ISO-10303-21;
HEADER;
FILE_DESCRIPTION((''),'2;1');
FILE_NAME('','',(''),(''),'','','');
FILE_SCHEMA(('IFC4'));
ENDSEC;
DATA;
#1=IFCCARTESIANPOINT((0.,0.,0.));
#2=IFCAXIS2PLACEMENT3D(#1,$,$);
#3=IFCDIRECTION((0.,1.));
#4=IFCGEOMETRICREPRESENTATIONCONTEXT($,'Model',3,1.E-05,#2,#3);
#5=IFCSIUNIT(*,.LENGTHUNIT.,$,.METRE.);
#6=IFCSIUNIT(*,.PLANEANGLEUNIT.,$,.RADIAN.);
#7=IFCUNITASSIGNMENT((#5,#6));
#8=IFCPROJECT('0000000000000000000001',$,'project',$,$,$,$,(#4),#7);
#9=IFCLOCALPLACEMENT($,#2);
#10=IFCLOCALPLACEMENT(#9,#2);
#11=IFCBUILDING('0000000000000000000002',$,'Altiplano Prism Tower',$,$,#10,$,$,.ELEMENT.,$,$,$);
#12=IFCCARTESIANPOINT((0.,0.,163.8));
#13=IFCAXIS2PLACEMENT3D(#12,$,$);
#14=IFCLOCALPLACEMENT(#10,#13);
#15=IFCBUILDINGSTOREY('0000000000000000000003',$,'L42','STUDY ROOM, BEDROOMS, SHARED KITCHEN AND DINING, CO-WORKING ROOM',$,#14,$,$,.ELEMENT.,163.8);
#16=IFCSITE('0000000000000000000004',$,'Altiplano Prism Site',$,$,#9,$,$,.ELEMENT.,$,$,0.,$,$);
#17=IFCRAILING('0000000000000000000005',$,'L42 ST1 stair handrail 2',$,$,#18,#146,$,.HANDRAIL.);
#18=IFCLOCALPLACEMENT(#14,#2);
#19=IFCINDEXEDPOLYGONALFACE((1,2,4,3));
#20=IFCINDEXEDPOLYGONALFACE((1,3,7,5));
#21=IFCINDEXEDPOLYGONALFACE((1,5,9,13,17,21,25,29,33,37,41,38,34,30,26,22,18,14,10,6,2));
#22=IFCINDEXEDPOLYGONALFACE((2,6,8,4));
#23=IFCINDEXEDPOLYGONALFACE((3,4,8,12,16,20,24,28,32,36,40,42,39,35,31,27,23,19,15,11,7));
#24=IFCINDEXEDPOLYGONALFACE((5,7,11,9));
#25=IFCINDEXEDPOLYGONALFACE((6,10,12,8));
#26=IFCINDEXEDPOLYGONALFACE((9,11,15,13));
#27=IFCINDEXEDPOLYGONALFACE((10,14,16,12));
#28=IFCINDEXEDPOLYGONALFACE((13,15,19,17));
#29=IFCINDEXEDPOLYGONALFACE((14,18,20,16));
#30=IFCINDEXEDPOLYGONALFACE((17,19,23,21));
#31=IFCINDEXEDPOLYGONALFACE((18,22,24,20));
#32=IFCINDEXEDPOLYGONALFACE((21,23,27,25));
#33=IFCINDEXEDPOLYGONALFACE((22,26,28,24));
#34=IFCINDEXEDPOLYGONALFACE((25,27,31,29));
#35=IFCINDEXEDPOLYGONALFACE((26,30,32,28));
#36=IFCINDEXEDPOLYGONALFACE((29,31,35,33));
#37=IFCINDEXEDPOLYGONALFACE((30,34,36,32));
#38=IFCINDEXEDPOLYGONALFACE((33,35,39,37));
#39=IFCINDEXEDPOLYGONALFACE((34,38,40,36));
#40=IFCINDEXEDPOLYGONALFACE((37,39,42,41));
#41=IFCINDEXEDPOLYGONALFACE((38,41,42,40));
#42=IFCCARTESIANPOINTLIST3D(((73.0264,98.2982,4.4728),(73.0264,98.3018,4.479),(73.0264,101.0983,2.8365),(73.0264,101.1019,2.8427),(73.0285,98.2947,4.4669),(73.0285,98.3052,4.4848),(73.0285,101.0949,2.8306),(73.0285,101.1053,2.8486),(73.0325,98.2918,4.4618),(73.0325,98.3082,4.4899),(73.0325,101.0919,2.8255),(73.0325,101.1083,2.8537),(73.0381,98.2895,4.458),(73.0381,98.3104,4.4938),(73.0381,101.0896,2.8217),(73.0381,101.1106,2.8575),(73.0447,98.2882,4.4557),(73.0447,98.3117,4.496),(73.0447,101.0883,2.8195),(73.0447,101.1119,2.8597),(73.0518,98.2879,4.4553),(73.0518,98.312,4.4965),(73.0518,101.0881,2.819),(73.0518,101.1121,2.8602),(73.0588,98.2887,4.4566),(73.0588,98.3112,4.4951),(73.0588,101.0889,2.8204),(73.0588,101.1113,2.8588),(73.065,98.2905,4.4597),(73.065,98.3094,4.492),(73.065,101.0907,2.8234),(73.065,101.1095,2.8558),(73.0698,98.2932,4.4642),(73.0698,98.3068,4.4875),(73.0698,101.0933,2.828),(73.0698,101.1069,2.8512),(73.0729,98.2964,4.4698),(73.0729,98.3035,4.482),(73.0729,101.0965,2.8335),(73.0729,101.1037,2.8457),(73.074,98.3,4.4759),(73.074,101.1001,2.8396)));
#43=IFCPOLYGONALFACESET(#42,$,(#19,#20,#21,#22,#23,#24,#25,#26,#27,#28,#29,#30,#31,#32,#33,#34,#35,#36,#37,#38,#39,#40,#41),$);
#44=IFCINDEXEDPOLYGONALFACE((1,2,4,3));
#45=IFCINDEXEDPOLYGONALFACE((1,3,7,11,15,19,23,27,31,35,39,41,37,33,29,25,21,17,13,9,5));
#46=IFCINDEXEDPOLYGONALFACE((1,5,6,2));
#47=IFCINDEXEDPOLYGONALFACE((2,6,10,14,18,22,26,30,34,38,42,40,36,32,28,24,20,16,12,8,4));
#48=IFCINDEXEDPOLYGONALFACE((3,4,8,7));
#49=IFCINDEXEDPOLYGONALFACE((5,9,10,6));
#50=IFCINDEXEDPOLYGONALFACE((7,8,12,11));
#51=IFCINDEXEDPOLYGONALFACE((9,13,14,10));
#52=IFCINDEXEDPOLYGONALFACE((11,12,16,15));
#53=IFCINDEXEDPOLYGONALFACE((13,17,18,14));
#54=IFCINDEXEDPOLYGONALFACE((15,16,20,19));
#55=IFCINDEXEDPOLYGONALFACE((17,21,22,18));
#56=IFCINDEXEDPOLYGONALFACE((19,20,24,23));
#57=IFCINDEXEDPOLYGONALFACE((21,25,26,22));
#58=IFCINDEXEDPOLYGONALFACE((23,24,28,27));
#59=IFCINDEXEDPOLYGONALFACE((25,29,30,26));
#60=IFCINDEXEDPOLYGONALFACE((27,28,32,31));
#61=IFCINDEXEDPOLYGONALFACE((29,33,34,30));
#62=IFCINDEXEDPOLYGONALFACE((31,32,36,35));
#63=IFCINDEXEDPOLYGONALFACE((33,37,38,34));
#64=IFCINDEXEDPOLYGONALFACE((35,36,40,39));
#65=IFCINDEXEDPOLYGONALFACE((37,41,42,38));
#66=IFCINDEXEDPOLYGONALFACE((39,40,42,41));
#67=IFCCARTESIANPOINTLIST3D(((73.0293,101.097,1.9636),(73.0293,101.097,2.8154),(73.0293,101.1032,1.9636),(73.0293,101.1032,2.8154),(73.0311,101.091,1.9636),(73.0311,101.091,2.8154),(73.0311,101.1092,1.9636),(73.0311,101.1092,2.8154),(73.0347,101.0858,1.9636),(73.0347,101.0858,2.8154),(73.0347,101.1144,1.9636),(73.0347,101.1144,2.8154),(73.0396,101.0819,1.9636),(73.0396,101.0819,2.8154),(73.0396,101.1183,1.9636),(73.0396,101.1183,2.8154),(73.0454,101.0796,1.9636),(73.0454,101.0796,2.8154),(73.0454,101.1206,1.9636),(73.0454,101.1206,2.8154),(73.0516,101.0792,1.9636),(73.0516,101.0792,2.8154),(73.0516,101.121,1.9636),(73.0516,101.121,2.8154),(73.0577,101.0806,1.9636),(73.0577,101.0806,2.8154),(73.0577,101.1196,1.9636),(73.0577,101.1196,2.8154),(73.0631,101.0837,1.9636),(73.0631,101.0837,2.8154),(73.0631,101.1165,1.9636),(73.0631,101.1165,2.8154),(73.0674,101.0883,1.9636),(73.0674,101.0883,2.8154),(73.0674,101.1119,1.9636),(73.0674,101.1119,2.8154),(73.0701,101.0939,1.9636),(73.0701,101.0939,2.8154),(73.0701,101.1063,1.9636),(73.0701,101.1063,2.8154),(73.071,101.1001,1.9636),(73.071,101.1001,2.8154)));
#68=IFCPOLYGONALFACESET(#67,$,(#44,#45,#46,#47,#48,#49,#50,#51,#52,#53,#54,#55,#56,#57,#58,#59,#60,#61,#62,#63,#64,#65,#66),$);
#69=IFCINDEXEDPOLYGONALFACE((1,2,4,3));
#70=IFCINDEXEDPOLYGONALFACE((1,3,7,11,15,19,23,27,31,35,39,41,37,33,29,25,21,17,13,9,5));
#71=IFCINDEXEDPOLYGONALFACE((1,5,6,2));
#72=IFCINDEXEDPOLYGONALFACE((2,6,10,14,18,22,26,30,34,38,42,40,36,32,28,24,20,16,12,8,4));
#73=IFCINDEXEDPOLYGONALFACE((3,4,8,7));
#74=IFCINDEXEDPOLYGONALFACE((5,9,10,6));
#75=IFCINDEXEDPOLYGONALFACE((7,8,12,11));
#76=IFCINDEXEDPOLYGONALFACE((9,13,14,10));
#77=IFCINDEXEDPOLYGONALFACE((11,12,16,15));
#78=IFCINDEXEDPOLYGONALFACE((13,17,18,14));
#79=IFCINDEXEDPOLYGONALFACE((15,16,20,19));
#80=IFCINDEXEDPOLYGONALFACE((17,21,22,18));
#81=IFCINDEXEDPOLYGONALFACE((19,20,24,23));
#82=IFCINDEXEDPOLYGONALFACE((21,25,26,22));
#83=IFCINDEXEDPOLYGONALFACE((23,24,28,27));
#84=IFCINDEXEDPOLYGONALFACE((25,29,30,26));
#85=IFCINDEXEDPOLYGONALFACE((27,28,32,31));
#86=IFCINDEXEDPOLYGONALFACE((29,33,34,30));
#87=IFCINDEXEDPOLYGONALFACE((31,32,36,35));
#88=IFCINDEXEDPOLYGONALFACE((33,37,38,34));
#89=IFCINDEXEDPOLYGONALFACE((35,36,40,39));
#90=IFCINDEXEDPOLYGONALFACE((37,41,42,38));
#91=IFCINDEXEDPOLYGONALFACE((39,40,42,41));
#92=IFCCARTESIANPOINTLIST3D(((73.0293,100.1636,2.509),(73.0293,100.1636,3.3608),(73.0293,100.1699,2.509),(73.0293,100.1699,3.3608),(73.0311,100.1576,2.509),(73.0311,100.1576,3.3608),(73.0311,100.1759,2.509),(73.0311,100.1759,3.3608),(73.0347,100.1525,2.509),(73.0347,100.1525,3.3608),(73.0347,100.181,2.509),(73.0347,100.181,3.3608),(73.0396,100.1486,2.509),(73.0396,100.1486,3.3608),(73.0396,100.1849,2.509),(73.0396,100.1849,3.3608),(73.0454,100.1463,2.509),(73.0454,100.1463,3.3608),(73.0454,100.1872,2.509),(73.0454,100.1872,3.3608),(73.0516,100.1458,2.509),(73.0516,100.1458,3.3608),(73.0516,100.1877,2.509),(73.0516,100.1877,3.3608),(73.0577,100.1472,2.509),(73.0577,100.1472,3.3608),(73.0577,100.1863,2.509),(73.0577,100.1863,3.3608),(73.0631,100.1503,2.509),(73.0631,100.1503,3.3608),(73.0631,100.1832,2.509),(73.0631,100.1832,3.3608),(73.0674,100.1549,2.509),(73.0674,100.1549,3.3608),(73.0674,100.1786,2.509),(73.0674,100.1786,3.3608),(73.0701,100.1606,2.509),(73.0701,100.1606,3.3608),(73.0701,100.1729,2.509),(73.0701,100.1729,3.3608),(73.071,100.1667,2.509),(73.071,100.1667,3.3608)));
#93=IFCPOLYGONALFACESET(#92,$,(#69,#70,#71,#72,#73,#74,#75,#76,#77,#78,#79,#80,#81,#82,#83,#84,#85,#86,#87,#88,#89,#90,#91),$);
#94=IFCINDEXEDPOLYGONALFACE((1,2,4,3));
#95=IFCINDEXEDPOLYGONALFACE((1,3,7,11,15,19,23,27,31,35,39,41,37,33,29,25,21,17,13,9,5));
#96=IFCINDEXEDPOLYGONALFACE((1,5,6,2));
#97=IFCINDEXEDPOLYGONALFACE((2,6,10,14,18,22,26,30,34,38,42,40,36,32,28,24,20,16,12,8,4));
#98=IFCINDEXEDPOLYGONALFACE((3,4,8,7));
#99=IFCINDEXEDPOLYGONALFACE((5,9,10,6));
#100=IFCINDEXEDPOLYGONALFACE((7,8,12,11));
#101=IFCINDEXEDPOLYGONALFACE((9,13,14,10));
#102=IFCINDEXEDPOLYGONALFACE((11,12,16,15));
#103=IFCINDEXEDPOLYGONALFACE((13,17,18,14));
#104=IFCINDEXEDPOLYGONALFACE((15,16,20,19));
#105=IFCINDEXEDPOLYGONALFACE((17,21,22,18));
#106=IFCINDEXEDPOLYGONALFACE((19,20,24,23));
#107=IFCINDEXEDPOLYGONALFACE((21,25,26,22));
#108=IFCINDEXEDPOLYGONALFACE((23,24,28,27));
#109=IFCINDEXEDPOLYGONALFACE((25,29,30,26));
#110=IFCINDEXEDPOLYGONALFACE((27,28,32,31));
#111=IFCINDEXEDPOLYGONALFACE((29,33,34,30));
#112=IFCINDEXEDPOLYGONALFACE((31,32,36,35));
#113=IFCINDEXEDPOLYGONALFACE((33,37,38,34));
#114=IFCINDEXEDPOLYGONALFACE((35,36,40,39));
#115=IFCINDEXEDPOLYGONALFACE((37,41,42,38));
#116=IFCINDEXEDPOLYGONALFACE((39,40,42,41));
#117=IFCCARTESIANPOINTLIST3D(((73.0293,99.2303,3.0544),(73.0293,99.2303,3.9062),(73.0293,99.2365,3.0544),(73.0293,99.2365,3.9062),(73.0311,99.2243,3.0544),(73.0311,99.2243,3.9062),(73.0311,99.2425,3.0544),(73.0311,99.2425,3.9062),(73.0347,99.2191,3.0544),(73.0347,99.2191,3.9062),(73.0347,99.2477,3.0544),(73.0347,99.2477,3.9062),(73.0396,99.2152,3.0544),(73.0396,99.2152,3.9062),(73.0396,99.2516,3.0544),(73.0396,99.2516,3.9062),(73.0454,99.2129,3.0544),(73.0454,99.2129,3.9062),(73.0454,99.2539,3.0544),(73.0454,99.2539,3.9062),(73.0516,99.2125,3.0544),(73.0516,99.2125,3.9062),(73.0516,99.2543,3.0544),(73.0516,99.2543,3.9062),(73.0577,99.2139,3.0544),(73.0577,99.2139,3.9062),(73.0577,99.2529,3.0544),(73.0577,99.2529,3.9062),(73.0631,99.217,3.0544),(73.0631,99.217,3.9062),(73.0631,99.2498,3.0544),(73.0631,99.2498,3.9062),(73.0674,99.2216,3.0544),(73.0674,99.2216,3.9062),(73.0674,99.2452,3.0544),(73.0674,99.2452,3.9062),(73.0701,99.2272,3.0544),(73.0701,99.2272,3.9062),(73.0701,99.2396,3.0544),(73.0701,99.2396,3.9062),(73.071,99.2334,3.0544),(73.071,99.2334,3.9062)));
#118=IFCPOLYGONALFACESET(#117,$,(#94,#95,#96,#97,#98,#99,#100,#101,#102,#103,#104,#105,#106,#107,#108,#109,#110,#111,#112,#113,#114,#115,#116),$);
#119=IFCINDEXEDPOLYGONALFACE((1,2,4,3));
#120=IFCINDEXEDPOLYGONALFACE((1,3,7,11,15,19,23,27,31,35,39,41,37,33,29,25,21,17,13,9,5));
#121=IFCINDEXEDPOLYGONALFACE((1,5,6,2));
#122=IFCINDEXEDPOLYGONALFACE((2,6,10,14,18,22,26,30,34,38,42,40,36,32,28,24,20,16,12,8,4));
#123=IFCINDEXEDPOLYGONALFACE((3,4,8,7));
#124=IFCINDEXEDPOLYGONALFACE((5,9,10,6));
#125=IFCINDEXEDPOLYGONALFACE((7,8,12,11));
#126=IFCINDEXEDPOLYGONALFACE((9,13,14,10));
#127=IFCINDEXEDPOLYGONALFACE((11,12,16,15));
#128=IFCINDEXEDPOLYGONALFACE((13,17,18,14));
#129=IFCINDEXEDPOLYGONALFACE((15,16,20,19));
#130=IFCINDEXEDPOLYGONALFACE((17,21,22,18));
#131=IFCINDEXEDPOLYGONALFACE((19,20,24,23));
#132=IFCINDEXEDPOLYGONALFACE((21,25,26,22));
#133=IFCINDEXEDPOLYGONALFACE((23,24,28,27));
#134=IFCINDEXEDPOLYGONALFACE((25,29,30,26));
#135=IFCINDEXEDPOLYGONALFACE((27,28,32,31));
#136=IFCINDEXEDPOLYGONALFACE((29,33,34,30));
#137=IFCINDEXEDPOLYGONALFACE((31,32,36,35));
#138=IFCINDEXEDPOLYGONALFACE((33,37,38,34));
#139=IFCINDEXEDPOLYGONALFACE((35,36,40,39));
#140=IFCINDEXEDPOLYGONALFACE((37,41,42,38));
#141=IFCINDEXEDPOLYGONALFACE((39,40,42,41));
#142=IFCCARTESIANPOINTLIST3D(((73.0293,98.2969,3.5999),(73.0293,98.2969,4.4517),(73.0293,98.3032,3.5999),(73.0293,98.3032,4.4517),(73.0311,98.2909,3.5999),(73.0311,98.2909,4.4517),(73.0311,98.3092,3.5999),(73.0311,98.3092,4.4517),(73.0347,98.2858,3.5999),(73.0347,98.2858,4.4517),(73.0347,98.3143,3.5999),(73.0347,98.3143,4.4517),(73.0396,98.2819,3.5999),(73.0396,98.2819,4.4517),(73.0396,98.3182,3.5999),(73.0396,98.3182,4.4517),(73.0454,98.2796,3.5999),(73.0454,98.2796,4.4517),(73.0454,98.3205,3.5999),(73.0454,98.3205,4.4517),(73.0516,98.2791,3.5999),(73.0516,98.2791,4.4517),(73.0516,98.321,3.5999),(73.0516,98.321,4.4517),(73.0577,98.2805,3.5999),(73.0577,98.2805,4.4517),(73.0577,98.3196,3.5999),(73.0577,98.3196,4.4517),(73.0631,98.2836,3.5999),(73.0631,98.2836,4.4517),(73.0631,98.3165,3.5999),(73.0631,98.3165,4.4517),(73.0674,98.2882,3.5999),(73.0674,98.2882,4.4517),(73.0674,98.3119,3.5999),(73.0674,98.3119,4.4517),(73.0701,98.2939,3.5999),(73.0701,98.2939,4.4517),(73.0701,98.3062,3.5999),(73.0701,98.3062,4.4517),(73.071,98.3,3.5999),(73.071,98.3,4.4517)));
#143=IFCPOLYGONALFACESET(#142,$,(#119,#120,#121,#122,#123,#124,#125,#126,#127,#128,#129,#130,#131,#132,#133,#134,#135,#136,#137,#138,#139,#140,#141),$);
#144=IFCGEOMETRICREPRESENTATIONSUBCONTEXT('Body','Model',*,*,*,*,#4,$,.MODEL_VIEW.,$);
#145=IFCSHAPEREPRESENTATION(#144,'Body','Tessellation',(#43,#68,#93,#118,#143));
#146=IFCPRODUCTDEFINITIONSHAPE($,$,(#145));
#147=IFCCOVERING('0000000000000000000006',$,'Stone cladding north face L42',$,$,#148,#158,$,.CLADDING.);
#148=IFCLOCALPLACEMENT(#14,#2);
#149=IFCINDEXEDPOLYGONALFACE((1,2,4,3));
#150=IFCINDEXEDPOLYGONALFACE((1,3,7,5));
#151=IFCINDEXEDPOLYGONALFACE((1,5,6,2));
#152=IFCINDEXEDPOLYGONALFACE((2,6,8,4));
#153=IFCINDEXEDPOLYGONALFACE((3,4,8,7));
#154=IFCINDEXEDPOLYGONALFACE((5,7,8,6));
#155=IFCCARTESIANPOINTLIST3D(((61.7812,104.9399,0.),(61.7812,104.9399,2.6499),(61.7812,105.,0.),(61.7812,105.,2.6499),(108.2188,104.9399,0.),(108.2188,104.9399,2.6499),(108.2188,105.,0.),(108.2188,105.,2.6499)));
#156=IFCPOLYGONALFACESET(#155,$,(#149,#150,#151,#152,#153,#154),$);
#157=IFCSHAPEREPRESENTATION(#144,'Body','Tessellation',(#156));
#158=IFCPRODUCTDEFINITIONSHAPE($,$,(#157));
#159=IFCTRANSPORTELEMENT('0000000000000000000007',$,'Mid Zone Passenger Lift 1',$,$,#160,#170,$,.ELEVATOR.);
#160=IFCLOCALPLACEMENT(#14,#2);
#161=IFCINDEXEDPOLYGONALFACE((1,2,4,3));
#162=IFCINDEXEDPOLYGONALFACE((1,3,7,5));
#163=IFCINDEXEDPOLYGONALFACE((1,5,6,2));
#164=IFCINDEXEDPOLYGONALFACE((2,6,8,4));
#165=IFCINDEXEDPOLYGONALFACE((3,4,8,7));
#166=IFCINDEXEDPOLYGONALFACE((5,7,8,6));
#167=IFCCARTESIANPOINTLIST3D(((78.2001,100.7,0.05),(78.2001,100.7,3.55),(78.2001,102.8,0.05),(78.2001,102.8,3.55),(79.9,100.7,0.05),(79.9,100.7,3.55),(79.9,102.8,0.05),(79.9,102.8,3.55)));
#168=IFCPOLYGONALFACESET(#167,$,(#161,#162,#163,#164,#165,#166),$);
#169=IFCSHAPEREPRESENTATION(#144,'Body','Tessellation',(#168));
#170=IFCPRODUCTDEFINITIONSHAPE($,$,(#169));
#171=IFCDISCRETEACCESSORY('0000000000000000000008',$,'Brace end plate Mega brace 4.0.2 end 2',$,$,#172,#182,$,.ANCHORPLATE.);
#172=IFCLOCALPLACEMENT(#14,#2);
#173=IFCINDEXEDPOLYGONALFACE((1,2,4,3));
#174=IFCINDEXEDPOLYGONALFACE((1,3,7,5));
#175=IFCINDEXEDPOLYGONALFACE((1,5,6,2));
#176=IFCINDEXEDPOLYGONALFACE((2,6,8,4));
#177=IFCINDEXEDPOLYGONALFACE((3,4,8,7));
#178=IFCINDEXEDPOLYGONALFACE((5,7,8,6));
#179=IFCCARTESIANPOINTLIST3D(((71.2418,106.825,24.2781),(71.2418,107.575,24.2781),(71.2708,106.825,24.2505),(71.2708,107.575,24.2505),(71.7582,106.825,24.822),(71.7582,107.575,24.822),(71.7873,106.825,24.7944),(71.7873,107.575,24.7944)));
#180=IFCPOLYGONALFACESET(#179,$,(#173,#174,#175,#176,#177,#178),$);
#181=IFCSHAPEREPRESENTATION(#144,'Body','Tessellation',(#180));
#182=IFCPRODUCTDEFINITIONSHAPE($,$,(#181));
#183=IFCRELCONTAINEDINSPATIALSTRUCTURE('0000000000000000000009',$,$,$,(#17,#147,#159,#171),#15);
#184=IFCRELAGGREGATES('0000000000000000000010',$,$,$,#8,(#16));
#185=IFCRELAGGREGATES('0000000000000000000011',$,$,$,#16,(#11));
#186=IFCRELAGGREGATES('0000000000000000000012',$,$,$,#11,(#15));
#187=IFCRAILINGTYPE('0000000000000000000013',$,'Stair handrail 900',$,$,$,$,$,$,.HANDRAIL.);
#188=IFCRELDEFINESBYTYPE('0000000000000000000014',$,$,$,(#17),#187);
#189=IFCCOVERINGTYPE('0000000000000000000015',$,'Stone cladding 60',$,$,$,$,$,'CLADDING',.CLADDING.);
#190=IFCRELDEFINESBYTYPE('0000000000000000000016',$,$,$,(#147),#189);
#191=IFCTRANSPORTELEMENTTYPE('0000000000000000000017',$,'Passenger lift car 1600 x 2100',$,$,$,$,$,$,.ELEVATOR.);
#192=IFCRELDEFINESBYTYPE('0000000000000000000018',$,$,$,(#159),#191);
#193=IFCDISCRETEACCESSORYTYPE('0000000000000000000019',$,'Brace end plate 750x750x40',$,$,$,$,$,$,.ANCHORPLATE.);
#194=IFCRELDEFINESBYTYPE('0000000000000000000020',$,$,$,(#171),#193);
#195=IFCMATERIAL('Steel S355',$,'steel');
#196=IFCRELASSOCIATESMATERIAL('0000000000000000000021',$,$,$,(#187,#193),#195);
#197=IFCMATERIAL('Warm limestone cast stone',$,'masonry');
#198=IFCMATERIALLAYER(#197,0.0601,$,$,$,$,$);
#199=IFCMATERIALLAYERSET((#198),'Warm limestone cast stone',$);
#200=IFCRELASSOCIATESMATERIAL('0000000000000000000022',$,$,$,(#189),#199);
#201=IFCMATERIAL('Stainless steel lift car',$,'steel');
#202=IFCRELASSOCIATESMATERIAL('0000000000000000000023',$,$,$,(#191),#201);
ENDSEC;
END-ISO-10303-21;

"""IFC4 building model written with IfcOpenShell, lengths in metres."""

from ifc_helpers import new_model, si_unit, direction, frame, frame_2d, origin, origin_2d, place, context, subcontext, project, spatial, rectangle, circle, extrude, material, layer, layer_set, material_profile, profile_set, type_object, element, save


model = new_model("IFC4")

# Units and contexts
model_context = context("Model", 3, precision=1e-05, world=origin(), true_north=direction((0.0, 1.0)))
body_context = subcontext(model_context, "Body", "Model", "MODEL_VIEW")
ifc_project = project(units=[si_unit("LENGTHUNIT", "METRE"), si_unit("PLANEANGLEUNIT", "RADIAN")], contexts=[model_context])

# Site, building, storey
site_placement = place(None, origin())
site = spatial("IfcSite", under=ifc_project, at=site_placement, Name="Altiplano Prism Site", CompositionType="ELEMENT", RefElevation=0.0)
building_placement = place(site_placement, origin())
building = spatial("IfcBuilding", under=site, at=building_placement, Name="Altiplano Prism Tower", CompositionType="ELEMENT")
storey_placement = place(building_placement, frame((0.0, 0.0, 163.8)))
storey = spatial("IfcBuildingStorey", under=building, at=storey_placement, Name="L42", Description="STUDY ROOM, BEDROOMS, SHARED KITCHEN AND DINING, CO-WORKING ROOM", CompositionType="ELEMENT", Elevation=163.8)

# Railing
ifc_material_1 = material(Name="Steel S355", Category="steel")
railing_type = type_object("IfcRailingType", Name="Stair handrail 900", PredefinedType="HANDRAIL", material=ifc_material_1)
railing_1_placement = place(storey_placement, frame((73.05, 101.1001, 1.9636)))
element("IfcRailing", 1, at=railing_1_placement, inside=storey, type_object=railing_type, Name="L42 ST1 stair handrail 2", PredefinedType="HANDRAIL", context=body_context, shape_type="SweptSolid", body=[
    extrude(circle(Radius=0.0239, at=origin_2d()), frame((0.0, 0.0, 0.876), z_axis=(0.0, -0.863394, 0.504531), x_axis=(1.0, 0.0, 0.0)), (0.0, 0.0, 1.0), 3.2432),
    extrude(circle(Radius=0.021, at=origin_2d()), origin(), (0.0, 0.0, 1.0), 0.8518),
    extrude(circle(Radius=0.021, at=origin_2d()), frame((0.0, -0.9333, 0.5454)), (0.0, 0.0, 1.0), 0.8518),
    extrude(circle(Radius=0.021, at=origin_2d()), frame((0.0, -1.8667, 1.0908)), (0.0, 0.0, 1.0), 0.8518),
    extrude(circle(Radius=0.021, at=origin_2d()), frame((0.0, -2.8, 1.6362)), (0.0, 0.0, 1.0), 0.8518),
])

# Covering
ifc_material_2 = material(Name="Warm limestone cast stone", Category="masonry")
ifc_layer_1 = layer(ifc_material_2, 0.0601)
ifc_layer_set_1 = layer_set([ifc_layer_1], Name="Warm limestone cast stone")
covering_type = type_object("IfcCoveringType", Name="Stone cladding 60", ElementType="CLADDING", PredefinedType="CLADDING", material=ifc_layer_set_1)
covering_placement = place(storey_placement, frame((61.7812, 104.97, 0.0), z_axis=(0.0, 0.0, 1.0), x_axis=(1.0, 0.0, 0.0)))
element("IfcCovering", 2, at=covering_placement, inside=storey, type_object=covering_type, Name="Stone cladding north face L42", PredefinedType="CLADDING", context=body_context, shape_type="SweptSolid", body=[
    extrude(rectangle(XDim=46.4375, YDim=0.0601, at=frame_2d((23.2188, 0.0))), origin(), (0.0, 0.0, 1.0), 2.6499),
])

# Transport element
ifc_material_3 = material(Name="Stainless steel lift car", Category="steel")
transport_element_type = type_object("IfcTransportElementType", Name="Passenger lift car 1600 x 2100", PredefinedType="ELEVATOR", material=ifc_material_3)
transport_element_placement = place(storey_placement, frame((79.05, 101.75, 0.05), z_axis=(0.0, 0.0, 1.0), x_axis=(1.0, 0.0, 0.0)))
element("IfcTransportElement", 3, at=transport_element_placement, inside=storey, type_object=transport_element_type, Name="Mid Zone Passenger Lift 1", PredefinedType="ELEVATOR", context=body_context, shape_type="SweptSolid", body=[
    extrude(rectangle(XDim=1.7, YDim=2.1001, at=origin_2d()), origin(), (0.0, 0.0, 1.0), 3.5),
])

# Discrete accessory
ifc_material_profile_1 = material_profile(ifc_material_1, rectangle(XDim=0.75, YDim=0.75, at=origin_2d()), Name="Brace end plate 750x750x40")
ifc_profile_set_1 = profile_set([ifc_material_profile_1], Name="Steel S355")
discrete_accessory_type = type_object("IfcDiscreteAccessoryType", Name="Brace end plate 750x750x40", PredefinedType="ANCHORPLATE", material=ifc_profile_set_1)
discrete_accessory_placement = place(storey_placement, frame((71.5, 107.2, 24.55), z_axis=(0.725152, 0.0, -0.688589), x_axis=(0.0, 1.0, 0.0)))
element("IfcDiscreteAccessory", 4, at=discrete_accessory_placement, inside=storey, type_object=discrete_accessory_type, Name="Brace end plate Mega brace 4.0.2 end 2", PredefinedType="ANCHORPLATE", context=body_context, shape_type="SweptSolid", body=[
    extrude(rectangle(XDim=0.75, YDim=0.75, at=origin_2d()), origin(), (0.0, 0.0, 1.0), 0.04),
])

save(model, "model.ifc")
